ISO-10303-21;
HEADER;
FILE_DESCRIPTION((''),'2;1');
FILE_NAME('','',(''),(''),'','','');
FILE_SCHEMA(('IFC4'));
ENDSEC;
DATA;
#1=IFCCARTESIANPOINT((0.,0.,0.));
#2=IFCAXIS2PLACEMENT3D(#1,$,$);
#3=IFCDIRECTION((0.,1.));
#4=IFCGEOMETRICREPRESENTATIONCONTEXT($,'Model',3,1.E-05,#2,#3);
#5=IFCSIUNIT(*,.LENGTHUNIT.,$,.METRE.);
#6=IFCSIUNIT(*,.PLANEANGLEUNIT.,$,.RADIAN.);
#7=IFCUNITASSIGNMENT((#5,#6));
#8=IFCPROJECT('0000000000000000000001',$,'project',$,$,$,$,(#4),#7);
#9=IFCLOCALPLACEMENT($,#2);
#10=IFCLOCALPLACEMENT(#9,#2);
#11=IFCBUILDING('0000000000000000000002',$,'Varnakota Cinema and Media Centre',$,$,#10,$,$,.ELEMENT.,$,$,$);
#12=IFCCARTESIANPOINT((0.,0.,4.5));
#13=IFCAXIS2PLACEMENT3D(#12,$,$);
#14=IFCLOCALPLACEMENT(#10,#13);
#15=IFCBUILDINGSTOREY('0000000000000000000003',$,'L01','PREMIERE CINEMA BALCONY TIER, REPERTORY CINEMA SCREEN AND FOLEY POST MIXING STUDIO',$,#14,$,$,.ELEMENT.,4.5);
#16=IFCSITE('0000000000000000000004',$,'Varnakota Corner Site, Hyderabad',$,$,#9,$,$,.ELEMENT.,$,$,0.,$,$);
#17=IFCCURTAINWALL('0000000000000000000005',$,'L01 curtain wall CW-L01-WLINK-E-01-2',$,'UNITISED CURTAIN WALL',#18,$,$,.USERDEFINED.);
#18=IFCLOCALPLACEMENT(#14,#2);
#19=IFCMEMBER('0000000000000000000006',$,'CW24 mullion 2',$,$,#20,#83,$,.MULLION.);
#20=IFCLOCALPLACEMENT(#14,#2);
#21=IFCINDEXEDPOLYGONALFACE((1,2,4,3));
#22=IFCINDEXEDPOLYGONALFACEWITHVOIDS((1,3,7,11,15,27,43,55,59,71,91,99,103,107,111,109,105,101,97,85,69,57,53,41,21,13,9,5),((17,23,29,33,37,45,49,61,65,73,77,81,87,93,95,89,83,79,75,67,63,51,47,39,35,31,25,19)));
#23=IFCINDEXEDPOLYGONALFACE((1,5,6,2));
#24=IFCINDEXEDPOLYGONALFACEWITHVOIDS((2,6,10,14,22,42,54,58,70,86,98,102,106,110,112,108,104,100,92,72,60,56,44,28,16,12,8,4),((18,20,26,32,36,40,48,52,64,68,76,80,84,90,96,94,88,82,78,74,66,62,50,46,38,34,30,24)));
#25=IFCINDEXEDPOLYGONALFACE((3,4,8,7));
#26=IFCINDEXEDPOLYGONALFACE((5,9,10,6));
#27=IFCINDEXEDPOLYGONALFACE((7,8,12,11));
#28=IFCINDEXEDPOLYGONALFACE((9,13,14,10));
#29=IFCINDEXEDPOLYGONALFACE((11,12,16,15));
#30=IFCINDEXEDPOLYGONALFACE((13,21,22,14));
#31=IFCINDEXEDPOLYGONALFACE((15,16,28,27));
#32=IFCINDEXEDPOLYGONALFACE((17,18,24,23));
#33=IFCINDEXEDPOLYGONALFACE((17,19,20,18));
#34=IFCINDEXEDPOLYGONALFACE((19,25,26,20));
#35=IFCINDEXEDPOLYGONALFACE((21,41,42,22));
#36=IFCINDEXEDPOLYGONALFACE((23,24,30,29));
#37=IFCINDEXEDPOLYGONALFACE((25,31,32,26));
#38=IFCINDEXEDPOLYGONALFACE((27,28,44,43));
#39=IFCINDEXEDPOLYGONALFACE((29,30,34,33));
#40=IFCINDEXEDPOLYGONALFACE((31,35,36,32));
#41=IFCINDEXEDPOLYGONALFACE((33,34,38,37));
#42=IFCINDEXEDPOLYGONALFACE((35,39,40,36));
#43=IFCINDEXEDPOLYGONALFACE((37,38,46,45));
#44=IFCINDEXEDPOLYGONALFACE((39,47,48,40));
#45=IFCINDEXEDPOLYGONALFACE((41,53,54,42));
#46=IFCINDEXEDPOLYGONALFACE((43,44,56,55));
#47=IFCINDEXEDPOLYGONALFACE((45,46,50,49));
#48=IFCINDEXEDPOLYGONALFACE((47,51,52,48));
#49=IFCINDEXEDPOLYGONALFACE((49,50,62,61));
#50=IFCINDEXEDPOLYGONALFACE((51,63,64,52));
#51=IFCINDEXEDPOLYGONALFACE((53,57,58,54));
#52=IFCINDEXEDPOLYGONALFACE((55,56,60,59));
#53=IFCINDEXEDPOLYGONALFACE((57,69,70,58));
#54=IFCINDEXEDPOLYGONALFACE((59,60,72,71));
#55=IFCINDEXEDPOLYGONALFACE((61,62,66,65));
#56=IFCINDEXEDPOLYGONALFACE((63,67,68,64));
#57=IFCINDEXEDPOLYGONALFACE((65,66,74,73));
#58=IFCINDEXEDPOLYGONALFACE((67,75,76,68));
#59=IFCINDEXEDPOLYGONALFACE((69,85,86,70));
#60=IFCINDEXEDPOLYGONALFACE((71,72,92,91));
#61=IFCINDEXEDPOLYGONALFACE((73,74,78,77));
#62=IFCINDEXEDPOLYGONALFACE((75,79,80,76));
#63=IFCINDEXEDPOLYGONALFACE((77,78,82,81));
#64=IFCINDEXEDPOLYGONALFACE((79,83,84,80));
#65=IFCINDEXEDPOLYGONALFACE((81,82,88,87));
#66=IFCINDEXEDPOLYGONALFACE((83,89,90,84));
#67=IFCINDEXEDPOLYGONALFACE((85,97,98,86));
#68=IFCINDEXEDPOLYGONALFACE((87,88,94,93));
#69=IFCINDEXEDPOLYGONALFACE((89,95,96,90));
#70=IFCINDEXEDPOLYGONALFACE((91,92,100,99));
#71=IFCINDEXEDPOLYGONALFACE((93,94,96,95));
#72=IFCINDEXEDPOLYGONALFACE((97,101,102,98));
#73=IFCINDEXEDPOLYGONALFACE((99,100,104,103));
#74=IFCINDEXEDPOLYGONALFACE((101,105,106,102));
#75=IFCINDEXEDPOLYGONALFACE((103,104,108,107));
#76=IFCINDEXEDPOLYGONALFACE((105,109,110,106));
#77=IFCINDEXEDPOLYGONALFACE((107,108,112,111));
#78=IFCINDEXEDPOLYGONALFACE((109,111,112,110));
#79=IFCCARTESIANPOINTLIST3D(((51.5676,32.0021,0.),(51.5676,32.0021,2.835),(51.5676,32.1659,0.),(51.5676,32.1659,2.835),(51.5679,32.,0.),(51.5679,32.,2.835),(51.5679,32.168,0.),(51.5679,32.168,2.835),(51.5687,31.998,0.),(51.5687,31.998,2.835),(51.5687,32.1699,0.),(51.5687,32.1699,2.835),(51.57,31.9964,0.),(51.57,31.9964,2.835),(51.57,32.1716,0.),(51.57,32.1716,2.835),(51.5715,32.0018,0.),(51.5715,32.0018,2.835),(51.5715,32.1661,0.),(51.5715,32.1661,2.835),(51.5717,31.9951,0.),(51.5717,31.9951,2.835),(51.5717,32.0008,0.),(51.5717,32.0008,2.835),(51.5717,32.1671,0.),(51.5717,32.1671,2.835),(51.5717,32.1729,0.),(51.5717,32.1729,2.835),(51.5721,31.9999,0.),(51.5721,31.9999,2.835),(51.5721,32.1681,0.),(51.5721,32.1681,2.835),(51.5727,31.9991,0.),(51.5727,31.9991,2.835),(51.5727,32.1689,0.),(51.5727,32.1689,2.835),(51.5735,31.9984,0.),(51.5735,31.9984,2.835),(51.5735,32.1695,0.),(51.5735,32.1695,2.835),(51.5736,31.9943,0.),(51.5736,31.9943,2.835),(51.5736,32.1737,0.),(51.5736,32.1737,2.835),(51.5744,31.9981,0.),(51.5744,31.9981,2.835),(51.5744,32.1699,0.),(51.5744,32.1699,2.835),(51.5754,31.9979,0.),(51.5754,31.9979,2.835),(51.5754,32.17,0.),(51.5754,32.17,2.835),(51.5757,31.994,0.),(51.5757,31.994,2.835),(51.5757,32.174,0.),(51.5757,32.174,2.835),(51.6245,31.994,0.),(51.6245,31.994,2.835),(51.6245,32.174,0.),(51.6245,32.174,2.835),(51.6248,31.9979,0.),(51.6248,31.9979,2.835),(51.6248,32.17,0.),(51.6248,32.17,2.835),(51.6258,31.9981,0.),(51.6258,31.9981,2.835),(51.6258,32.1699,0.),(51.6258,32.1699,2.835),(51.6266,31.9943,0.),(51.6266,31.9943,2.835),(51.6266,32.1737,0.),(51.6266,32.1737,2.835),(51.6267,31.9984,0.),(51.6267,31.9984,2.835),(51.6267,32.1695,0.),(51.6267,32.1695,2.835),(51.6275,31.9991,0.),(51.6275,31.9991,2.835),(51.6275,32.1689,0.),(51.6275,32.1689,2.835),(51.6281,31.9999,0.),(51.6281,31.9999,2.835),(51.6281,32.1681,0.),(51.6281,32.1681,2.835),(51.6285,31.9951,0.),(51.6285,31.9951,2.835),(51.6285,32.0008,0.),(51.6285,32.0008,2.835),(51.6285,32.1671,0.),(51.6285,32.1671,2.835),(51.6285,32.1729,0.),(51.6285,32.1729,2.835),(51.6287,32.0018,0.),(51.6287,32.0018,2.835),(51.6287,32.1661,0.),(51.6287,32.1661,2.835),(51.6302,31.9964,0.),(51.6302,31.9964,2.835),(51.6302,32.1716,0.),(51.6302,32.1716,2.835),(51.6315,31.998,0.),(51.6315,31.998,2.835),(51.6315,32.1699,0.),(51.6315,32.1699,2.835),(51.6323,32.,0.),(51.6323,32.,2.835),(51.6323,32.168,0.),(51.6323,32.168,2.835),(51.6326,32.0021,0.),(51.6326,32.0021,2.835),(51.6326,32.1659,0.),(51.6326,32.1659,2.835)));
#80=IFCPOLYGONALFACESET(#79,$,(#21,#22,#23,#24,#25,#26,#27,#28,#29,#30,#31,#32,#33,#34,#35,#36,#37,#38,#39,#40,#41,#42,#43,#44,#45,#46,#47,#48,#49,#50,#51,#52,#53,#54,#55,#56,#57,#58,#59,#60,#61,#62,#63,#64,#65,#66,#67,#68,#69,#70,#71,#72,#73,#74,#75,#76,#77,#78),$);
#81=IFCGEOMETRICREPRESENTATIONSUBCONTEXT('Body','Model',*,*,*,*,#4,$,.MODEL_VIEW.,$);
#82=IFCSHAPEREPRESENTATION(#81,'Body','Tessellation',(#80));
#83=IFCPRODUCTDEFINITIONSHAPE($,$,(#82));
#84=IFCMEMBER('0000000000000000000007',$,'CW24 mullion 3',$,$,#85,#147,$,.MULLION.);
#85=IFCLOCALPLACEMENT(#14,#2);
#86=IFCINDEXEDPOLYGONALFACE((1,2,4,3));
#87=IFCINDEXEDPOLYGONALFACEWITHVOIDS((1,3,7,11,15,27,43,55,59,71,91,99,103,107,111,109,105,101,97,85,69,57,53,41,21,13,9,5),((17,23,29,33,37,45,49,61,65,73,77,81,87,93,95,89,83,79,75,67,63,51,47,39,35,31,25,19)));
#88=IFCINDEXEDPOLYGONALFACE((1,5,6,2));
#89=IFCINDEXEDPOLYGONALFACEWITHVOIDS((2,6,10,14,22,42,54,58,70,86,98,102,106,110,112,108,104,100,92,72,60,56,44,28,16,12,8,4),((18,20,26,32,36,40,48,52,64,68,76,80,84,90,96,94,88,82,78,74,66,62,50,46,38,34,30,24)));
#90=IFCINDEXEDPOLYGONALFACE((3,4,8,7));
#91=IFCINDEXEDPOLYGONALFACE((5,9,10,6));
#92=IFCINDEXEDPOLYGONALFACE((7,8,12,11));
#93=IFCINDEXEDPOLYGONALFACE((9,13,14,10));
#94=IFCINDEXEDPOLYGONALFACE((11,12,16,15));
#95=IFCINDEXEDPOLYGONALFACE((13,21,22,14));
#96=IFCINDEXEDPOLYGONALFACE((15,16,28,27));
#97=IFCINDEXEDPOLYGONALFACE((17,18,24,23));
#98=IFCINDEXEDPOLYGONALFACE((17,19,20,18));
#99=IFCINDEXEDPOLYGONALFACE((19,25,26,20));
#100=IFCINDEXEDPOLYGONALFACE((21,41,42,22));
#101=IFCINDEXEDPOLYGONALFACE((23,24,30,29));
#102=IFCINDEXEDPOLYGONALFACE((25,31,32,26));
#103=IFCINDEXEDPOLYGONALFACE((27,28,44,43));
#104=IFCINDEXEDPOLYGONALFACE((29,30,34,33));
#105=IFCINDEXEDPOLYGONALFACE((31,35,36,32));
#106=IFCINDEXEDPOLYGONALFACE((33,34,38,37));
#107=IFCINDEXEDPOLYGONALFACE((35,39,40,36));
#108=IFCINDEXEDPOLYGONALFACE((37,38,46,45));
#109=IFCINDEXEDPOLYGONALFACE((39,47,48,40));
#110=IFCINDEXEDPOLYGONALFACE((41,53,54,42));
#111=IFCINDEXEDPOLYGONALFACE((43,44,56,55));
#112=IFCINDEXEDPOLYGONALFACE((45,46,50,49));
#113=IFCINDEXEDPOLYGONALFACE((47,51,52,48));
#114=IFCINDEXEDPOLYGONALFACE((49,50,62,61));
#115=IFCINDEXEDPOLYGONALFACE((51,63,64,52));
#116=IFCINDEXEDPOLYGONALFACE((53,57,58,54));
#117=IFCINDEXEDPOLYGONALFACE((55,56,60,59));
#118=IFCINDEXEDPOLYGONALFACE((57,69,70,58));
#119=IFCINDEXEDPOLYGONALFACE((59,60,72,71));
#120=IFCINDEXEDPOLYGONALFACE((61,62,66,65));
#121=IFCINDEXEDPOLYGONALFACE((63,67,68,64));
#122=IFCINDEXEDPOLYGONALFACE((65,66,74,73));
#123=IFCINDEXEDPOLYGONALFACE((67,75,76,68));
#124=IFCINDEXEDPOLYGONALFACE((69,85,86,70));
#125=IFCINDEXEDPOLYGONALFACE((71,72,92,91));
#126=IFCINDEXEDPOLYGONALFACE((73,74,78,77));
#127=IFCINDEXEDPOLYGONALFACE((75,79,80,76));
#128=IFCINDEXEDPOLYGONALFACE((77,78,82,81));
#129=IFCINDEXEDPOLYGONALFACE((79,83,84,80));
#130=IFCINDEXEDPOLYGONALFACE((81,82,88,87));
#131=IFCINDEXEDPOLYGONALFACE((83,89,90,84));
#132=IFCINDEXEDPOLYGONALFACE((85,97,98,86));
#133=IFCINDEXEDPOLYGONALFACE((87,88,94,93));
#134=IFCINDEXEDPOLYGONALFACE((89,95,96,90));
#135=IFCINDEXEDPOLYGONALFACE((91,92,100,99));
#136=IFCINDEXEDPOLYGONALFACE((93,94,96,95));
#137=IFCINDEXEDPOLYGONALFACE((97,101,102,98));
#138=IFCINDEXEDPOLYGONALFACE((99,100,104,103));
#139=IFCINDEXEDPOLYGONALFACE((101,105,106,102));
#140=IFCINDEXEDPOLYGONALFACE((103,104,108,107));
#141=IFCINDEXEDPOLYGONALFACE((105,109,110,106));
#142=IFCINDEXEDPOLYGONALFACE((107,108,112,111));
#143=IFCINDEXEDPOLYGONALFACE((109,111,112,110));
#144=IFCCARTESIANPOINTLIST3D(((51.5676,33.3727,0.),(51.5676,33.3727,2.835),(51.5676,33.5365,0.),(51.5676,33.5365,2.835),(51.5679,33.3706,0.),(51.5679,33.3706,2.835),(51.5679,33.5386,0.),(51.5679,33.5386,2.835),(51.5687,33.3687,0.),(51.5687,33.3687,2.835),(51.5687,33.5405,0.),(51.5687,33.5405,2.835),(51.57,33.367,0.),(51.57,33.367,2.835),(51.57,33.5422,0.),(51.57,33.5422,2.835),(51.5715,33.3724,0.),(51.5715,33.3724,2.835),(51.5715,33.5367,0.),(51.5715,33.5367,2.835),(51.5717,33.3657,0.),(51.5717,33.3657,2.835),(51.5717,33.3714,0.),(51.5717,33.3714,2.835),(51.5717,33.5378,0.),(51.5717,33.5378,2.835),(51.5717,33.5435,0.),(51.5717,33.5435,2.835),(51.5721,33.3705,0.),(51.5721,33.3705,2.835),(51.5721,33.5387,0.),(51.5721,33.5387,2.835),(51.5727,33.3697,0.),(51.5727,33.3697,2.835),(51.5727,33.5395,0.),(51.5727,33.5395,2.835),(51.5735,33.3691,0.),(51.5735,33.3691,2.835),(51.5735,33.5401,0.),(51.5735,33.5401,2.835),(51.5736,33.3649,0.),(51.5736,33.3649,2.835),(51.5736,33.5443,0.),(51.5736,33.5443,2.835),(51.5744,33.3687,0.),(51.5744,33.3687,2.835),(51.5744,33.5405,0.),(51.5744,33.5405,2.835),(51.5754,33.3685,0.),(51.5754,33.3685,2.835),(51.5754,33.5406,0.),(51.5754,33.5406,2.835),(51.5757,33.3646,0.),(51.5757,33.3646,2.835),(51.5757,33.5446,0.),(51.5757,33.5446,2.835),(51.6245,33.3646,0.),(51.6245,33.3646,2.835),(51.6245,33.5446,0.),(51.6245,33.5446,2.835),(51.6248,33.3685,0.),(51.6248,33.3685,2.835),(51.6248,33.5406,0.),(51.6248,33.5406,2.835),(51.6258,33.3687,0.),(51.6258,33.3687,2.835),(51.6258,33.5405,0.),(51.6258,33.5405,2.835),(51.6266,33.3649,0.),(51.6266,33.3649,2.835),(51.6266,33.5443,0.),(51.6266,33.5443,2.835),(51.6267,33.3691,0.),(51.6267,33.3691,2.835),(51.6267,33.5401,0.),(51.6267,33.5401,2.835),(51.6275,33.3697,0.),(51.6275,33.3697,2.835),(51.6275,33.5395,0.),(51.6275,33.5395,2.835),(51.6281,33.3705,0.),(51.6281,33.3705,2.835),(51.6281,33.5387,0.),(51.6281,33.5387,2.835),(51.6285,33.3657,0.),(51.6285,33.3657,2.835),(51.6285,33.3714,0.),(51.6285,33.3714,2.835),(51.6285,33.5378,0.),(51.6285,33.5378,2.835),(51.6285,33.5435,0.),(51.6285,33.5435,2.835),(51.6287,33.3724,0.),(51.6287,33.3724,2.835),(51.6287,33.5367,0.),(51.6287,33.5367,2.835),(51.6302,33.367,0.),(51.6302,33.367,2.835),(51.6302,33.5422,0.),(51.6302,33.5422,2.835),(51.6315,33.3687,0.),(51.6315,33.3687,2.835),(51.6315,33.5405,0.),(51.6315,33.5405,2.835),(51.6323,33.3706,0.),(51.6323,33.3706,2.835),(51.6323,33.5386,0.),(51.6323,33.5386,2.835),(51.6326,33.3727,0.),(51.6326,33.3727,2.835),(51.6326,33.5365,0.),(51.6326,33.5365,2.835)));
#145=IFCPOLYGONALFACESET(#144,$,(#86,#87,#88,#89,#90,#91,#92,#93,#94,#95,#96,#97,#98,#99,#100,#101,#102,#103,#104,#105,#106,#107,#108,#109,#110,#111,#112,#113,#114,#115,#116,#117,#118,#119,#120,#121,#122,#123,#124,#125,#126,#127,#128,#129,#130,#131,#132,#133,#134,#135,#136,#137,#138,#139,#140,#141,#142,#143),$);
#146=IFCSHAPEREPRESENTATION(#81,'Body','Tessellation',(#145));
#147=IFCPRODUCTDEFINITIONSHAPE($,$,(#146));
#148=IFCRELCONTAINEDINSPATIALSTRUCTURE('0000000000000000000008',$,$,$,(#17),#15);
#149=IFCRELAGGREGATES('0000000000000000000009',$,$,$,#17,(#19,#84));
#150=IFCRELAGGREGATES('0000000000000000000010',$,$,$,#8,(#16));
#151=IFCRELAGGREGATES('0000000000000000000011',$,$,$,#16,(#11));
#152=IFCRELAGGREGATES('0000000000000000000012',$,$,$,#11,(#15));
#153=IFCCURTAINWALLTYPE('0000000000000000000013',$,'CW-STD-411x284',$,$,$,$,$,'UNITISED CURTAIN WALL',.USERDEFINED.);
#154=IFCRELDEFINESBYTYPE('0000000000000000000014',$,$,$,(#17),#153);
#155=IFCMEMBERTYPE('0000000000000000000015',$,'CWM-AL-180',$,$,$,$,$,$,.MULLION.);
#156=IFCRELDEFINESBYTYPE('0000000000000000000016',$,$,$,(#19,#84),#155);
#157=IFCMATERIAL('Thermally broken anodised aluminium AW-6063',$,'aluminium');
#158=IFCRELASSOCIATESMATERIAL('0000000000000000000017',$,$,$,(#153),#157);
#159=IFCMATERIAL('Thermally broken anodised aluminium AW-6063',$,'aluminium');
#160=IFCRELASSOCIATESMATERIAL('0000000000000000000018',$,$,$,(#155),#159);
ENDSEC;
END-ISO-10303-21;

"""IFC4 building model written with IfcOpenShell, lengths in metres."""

from ifc_helpers import new_model, si_unit, direction, frame, origin, origin_2d, place, context, subcontext, project, spatial, hollow_rectangle, extrude, material, material_profile, profile_set, type_object, element, aggregate, save


model = new_model("IFC4")

# Units and contexts
model_context = context("Model", 3, precision=1e-05, world=origin(), true_north=direction((0.0, 1.0)))
body_context = subcontext(model_context, "Body", "Model", "MODEL_VIEW")
ifc_project = project(units=[si_unit("LENGTHUNIT", "METRE"), si_unit("PLANEANGLEUNIT", "RADIAN")], contexts=[model_context])

# Site, building, storey
site_placement = place(None, origin())
site = spatial("IfcSite", under=ifc_project, at=site_placement, Name="Varnakota Corner Site, Hyderabad", CompositionType="ELEMENT", RefElevation=0.0)
building_placement = place(site_placement, origin())
building = spatial("IfcBuilding", under=site, at=building_placement, Name="Varnakota Cinema and Media Centre", CompositionType="ELEMENT")
storey_placement = place(building_placement, frame((0.0, 0.0, 4.5)))
storey = spatial("IfcBuildingStorey", under=building, at=storey_placement, Name="L01", Description="PREMIERE CINEMA BALCONY TIER, REPERTORY CINEMA SCREEN AND FOLEY POST MIXING STUDIO", CompositionType="ELEMENT", Elevation=4.5)

# Shared definitions
ifc_material_1 = material(Name="Thermally broken anodised aluminium AW-6063", Category="aluminium")
curtain_wall_type = type_object("IfcCurtainWallType", Name="CW-STD-411x284", ElementType="UNITISED CURTAIN WALL", PredefinedType="USERDEFINED", material=ifc_material_1)
ifc_material_2 = material(Name="Thermally broken anodised aluminium AW-6063", Category="aluminium")
ifc_material_profile_1 = material_profile(ifc_material_2, hollow_rectangle(XDim=0.0649, YDim=0.1799, WallThickness=0.0039, InnerFilletRadius=0.0039, OuterFilletRadius=0.0081, at=origin_2d()), Name="AL-MULLION 180x65x4")
ifc_profile_set_1 = profile_set([ifc_material_profile_1], Name="Thermally broken anodised aluminium AW-6063")
member_type_1 = type_object("IfcMemberType", Name="CWM-AL-180", PredefinedType="MULLION", material=ifc_profile_set_1)

# Curtain wall, members
curtain_wall_1_placement = place(storey_placement, origin())
curtain_wall_1 = element("IfcCurtainWall", 1, at=curtain_wall_1_placement, inside=storey, type_object=curtain_wall_type, Name="L01 curtain wall CW-L01-WLINK-E-01-2", ObjectType="UNITISED CURTAIN WALL", PredefinedType="USERDEFINED")
member_1_placement = place(storey_placement, frame((51.6001, 32.084, 0.0), z_axis=(0.0, 0.0, 1.0), x_axis=(-1.0, 0.0, 0.0)))
member_1 = element("IfcMember", 2, at=member_1_placement, type_object=member_type_1, Name="CW24 mullion 2", PredefinedType="MULLION", context=body_context, shape_type="SweptSolid", body=[
    extrude(hollow_rectangle(XDim=0.0649, YDim=0.1799, WallThickness=0.0039, InnerFilletRadius=0.0039, OuterFilletRadius=0.0081, at=origin_2d()), origin(), (0.0, 0.0, 1.0), 2.835),
])
member_2_placement = place(storey_placement, frame((51.6001, 33.4546, 0.0), z_axis=(0.0, 0.0, 1.0), x_axis=(-1.0, 0.0, 0.0)))
member_2 = element("IfcMember", 3, at=member_2_placement, type_object=member_type_1, Name="CW24 mullion 3", PredefinedType="MULLION", context=body_context, shape_type="SweptSolid", body=[
    extrude(hollow_rectangle(XDim=0.0649, YDim=0.1799, WallThickness=0.0039, InnerFilletRadius=0.0039, OuterFilletRadius=0.0081, at=origin_2d()), origin(), (0.0, 0.0, 1.0), 2.835),
])

aggregate(curtain_wall_1, [member_1, member_2])

save(model, "model.ifc")
